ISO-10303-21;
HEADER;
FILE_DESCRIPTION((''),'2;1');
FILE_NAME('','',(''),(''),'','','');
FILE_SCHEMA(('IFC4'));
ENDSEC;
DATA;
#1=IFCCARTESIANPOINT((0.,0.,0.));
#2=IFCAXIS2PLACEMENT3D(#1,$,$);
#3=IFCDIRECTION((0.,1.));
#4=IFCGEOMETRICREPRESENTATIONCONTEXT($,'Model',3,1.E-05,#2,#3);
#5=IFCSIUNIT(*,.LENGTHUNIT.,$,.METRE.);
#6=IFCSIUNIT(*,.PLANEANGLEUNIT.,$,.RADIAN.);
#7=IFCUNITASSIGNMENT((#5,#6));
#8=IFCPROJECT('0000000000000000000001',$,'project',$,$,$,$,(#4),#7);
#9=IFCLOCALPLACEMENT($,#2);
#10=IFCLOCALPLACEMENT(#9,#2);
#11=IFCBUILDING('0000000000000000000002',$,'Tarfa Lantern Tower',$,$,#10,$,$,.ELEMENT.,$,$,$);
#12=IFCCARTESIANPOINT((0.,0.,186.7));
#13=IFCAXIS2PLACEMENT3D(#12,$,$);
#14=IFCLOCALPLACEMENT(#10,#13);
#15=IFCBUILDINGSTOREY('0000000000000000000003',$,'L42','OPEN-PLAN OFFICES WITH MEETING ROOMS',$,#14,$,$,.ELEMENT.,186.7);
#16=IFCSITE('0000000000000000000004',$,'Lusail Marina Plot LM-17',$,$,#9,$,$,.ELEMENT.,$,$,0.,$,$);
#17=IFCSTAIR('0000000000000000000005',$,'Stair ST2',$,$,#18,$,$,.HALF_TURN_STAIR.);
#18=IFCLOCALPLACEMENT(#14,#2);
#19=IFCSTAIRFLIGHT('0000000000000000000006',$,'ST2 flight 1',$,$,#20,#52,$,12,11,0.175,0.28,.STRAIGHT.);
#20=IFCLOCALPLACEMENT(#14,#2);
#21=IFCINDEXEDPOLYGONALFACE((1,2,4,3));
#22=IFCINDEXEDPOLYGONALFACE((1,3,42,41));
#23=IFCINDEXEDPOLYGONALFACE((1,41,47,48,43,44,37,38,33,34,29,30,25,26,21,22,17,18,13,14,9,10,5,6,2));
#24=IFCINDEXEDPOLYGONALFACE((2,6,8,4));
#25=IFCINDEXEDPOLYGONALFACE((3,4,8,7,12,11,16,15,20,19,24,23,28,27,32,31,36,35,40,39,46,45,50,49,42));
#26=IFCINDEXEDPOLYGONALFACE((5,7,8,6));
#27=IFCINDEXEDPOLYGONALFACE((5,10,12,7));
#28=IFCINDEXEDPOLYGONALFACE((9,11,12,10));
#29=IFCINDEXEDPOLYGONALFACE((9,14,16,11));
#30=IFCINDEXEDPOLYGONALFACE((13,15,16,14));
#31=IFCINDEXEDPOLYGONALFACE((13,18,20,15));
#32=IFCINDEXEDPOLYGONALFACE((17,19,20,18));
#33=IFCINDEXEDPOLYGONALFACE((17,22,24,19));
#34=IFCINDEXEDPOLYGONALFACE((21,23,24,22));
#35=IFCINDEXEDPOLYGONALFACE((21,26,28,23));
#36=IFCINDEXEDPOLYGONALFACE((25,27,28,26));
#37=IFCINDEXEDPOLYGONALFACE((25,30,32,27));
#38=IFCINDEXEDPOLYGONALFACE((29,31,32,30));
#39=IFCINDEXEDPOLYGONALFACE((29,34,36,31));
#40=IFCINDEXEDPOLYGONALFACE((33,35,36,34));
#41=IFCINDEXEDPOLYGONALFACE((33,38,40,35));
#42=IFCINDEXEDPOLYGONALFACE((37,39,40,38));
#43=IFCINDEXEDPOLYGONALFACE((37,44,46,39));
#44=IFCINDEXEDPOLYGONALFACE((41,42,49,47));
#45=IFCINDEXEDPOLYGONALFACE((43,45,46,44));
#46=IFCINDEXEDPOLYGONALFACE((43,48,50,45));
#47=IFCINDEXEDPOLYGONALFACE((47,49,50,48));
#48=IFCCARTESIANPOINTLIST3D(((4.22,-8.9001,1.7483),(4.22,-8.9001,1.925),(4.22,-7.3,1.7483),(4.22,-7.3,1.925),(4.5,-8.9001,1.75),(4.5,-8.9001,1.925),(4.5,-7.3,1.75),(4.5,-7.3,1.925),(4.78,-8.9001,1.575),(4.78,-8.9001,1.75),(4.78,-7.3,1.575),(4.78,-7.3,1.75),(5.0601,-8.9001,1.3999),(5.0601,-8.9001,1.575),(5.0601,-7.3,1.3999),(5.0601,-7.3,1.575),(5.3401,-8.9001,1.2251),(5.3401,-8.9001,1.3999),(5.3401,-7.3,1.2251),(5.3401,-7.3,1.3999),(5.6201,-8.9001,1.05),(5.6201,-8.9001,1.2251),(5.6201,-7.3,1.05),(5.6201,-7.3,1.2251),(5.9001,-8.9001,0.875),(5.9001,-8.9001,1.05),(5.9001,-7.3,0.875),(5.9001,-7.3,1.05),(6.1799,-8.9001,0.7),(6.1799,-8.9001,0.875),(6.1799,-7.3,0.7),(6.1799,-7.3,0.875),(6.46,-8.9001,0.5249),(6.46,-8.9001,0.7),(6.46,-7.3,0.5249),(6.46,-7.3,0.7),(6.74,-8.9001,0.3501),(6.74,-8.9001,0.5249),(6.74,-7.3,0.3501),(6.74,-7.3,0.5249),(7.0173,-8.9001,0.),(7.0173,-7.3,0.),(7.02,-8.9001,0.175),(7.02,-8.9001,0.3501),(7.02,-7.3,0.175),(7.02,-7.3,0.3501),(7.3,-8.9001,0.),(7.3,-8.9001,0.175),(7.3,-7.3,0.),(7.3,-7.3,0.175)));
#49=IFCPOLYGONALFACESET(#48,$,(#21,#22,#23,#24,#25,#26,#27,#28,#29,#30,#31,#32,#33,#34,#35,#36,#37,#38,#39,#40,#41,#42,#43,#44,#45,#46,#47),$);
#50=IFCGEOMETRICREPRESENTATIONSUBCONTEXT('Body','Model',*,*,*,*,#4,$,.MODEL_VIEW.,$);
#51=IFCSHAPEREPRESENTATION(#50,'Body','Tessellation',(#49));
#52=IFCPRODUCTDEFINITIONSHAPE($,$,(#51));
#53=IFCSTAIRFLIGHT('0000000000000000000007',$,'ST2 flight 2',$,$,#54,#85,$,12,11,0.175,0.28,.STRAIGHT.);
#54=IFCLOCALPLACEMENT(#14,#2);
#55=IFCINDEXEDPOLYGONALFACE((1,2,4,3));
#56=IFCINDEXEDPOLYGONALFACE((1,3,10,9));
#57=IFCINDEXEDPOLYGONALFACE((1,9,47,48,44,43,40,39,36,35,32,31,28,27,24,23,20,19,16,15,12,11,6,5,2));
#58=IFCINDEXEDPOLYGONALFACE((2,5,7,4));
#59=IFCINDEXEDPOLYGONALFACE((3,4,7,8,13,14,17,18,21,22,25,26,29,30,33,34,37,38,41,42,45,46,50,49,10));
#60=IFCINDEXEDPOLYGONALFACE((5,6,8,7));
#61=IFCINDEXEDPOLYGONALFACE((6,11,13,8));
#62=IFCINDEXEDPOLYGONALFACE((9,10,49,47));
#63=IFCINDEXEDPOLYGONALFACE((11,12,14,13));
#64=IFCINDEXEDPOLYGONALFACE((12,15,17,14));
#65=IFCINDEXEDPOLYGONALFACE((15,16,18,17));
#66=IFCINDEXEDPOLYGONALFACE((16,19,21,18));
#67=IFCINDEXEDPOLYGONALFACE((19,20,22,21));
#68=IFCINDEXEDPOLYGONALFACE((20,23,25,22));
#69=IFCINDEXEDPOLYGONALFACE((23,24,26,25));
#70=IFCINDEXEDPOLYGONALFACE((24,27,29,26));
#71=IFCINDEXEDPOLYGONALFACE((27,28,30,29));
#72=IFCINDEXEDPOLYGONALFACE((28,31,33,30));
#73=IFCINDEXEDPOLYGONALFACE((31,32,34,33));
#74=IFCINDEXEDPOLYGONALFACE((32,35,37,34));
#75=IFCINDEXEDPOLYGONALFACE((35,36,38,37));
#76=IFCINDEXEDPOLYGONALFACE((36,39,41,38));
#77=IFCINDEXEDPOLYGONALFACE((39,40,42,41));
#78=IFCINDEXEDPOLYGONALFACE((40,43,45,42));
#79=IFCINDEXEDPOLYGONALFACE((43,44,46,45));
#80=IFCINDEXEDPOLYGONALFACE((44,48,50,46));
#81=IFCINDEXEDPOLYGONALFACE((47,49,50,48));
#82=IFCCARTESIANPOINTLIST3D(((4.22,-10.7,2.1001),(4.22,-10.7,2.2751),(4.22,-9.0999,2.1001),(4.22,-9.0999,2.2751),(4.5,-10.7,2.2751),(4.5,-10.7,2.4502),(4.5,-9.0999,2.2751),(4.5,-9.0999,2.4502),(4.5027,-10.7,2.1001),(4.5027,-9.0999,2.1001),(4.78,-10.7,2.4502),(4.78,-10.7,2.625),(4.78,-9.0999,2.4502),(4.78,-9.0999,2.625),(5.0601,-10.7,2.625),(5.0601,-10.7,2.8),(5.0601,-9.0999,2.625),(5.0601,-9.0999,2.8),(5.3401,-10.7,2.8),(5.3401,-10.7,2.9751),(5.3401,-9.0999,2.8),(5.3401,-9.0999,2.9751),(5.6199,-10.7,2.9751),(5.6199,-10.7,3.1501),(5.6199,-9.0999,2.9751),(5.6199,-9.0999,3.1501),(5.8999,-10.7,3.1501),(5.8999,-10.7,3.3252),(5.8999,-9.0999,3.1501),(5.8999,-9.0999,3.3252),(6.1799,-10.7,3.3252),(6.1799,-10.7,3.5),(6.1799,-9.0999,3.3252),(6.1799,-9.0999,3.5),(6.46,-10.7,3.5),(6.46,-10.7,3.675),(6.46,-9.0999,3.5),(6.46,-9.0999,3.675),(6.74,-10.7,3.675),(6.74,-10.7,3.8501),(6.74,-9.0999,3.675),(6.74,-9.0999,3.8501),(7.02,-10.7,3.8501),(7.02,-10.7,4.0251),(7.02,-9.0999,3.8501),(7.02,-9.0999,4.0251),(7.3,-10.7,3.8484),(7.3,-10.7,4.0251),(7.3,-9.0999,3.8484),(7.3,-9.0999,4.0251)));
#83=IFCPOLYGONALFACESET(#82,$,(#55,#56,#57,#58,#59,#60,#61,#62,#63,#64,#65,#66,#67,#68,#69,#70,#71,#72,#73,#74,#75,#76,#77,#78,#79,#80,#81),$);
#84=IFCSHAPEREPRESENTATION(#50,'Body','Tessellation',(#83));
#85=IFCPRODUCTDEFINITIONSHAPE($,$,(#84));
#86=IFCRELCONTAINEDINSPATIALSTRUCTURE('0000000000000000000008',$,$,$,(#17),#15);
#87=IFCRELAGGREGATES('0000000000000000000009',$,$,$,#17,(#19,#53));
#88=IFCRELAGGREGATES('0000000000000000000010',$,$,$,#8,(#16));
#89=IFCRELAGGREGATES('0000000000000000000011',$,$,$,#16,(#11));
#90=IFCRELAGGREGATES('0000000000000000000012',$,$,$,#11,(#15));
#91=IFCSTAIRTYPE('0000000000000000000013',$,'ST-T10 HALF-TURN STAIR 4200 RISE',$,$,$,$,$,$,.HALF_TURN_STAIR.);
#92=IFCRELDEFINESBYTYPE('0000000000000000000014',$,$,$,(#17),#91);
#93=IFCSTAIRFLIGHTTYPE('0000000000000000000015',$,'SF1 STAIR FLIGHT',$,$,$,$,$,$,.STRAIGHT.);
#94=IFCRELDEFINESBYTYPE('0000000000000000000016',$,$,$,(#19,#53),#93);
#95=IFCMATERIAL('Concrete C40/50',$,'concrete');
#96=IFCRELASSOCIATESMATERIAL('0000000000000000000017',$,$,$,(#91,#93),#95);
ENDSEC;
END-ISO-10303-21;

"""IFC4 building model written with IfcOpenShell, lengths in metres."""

from ifc_helpers import new_model, si_unit, direction, frame, origin, place, context, subcontext, project, spatial, polyline, outline, extrude, material, type_object, element, aggregate, save


model = new_model("IFC4")

# Units and contexts
model_context = context("Model", 3, precision=1e-05, world=origin(), true_north=direction((0.0, 1.0)))
body_context = subcontext(model_context, "Body", "Model", "MODEL_VIEW")
ifc_project = project(units=[si_unit("LENGTHUNIT", "METRE"), si_unit("PLANEANGLEUNIT", "RADIAN")], contexts=[model_context])

# Site, building, storey
site_placement = place(None, origin())
site = spatial("IfcSite", under=ifc_project, at=site_placement, Name="Lusail Marina Plot LM-17", CompositionType="ELEMENT", RefElevation=0.0)
building_placement = place(site_placement, origin())
building = spatial("IfcBuilding", under=site, at=building_placement, Name="Tarfa Lantern Tower", CompositionType="ELEMENT")
storey_placement = place(building_placement, frame((0.0, 0.0, 186.7)))
storey = spatial("IfcBuildingStorey", under=building, at=storey_placement, Name="L42", Description="OPEN-PLAN OFFICES WITH MEETING ROOMS", CompositionType="ELEMENT", Elevation=186.7)

# Stair, stair flights
ifc_material_1 = material(Name="Concrete C40/50", Category="concrete")
stair_type = type_object("IfcStairType", Name="ST-T10 HALF-TURN STAIR 4200 RISE", PredefinedType="HALF_TURN_STAIR", material=ifc_material_1)
stair_placement = place(storey_placement, origin())
stair = element("IfcStair", 1, at=stair_placement, inside=storey, type_object=stair_type, Name="Stair ST2", PredefinedType="HALF_TURN_STAIR")
stair_flight_type = type_object("IfcStairFlightType", Name="SF1 STAIR FLIGHT", PredefinedType="STRAIGHT", material=ifc_material_1)
stair_flight_1_placement = place(storey_placement, frame((7.3, -8.1001, 0.0), z_axis=(0.0, 0.0, 1.0), x_axis=(-1.0, 0.0, 0.0)))
stair_flight_1 = element("IfcStairFlight", 2, at=stair_flight_1_placement, type_object=stair_flight_type, Name="ST2 flight 1", NumberOfRisers=12, NumberOfTreads=11, PredefinedType="STRAIGHT", RiserHeight=0.175, TreadLength=0.28, context=body_context, shape_type="SweptSolid", body=[
    extrude(outline(polyline([(0.0, 0.0), (0.0, 0.175), (0.28, 0.175), (0.28, 0.3501), (0.5601, 0.3501), (0.5601, 0.5249), (0.8401, 0.5249), (0.8401, 0.7), (1.1201, 0.7), (1.1201, 0.875), (1.3999, 0.875), (1.3999, 1.05), (1.6799, 1.05), (1.6799, 1.2251), (1.96, 1.2251), (1.96, 1.3999), (2.24, 1.3999), (2.24, 1.575), (2.52, 1.575), (2.52, 1.75), (2.8, 1.75), (2.8, 1.925), (3.0801, 1.925), (3.0801, 2.1001), (3.0801, 1.7483), (0.2827, 0.0), (0.0, 0.0)])), frame((0.0, 0.8, 0.0), z_axis=(0.0, -1.0, 0.0), x_axis=(1.0, 0.0, 0.0)), (0.0, 0.0, 1.0), 1.6001),
])
stair_flight_2_placement = place(storey_placement, frame((4.22, -9.8999, 2.1001), z_axis=(0.0, 0.0, 1.0), x_axis=(1.0, 0.0, 0.0)))
stair_flight_2 = element("IfcStairFlight", 3, at=stair_flight_2_placement, type_object=stair_flight_type, Name="ST2 flight 2", NumberOfRisers=12, NumberOfTreads=11, PredefinedType="STRAIGHT", RiserHeight=0.175, TreadLength=0.28, context=body_context, shape_type="SweptSolid", body=[
    extrude(outline(polyline([(0.0, 0.0), (0.0, 0.175), (0.28, 0.175), (0.28, 0.3501), (0.5601, 0.3501), (0.5601, 0.5249), (0.8401, 0.5249), (0.8401, 0.7), (1.1201, 0.7), (1.1201, 0.875), (1.3999, 0.875), (1.3999, 1.05), (1.6799, 1.05), (1.6799, 1.2251), (1.96, 1.2251), (1.96, 1.3999), (2.24, 1.3999), (2.24, 1.575), (2.52, 1.575), (2.52, 1.75), (2.8, 1.75), (2.8, 1.925), (3.0801, 1.925), (3.0801, 2.1001), (3.0801, 1.7483), (0.2827, 0.0), (0.0, 0.0)])), frame((0.0, 0.8, 0.0), z_axis=(0.0, -1.0, 0.0), x_axis=(1.0, 0.0, 0.0)), (0.0, 0.0, 1.0), 1.6001),
])
aggregate(stair, [stair_flight_1, stair_flight_2])

save(model, "model.ifc")
